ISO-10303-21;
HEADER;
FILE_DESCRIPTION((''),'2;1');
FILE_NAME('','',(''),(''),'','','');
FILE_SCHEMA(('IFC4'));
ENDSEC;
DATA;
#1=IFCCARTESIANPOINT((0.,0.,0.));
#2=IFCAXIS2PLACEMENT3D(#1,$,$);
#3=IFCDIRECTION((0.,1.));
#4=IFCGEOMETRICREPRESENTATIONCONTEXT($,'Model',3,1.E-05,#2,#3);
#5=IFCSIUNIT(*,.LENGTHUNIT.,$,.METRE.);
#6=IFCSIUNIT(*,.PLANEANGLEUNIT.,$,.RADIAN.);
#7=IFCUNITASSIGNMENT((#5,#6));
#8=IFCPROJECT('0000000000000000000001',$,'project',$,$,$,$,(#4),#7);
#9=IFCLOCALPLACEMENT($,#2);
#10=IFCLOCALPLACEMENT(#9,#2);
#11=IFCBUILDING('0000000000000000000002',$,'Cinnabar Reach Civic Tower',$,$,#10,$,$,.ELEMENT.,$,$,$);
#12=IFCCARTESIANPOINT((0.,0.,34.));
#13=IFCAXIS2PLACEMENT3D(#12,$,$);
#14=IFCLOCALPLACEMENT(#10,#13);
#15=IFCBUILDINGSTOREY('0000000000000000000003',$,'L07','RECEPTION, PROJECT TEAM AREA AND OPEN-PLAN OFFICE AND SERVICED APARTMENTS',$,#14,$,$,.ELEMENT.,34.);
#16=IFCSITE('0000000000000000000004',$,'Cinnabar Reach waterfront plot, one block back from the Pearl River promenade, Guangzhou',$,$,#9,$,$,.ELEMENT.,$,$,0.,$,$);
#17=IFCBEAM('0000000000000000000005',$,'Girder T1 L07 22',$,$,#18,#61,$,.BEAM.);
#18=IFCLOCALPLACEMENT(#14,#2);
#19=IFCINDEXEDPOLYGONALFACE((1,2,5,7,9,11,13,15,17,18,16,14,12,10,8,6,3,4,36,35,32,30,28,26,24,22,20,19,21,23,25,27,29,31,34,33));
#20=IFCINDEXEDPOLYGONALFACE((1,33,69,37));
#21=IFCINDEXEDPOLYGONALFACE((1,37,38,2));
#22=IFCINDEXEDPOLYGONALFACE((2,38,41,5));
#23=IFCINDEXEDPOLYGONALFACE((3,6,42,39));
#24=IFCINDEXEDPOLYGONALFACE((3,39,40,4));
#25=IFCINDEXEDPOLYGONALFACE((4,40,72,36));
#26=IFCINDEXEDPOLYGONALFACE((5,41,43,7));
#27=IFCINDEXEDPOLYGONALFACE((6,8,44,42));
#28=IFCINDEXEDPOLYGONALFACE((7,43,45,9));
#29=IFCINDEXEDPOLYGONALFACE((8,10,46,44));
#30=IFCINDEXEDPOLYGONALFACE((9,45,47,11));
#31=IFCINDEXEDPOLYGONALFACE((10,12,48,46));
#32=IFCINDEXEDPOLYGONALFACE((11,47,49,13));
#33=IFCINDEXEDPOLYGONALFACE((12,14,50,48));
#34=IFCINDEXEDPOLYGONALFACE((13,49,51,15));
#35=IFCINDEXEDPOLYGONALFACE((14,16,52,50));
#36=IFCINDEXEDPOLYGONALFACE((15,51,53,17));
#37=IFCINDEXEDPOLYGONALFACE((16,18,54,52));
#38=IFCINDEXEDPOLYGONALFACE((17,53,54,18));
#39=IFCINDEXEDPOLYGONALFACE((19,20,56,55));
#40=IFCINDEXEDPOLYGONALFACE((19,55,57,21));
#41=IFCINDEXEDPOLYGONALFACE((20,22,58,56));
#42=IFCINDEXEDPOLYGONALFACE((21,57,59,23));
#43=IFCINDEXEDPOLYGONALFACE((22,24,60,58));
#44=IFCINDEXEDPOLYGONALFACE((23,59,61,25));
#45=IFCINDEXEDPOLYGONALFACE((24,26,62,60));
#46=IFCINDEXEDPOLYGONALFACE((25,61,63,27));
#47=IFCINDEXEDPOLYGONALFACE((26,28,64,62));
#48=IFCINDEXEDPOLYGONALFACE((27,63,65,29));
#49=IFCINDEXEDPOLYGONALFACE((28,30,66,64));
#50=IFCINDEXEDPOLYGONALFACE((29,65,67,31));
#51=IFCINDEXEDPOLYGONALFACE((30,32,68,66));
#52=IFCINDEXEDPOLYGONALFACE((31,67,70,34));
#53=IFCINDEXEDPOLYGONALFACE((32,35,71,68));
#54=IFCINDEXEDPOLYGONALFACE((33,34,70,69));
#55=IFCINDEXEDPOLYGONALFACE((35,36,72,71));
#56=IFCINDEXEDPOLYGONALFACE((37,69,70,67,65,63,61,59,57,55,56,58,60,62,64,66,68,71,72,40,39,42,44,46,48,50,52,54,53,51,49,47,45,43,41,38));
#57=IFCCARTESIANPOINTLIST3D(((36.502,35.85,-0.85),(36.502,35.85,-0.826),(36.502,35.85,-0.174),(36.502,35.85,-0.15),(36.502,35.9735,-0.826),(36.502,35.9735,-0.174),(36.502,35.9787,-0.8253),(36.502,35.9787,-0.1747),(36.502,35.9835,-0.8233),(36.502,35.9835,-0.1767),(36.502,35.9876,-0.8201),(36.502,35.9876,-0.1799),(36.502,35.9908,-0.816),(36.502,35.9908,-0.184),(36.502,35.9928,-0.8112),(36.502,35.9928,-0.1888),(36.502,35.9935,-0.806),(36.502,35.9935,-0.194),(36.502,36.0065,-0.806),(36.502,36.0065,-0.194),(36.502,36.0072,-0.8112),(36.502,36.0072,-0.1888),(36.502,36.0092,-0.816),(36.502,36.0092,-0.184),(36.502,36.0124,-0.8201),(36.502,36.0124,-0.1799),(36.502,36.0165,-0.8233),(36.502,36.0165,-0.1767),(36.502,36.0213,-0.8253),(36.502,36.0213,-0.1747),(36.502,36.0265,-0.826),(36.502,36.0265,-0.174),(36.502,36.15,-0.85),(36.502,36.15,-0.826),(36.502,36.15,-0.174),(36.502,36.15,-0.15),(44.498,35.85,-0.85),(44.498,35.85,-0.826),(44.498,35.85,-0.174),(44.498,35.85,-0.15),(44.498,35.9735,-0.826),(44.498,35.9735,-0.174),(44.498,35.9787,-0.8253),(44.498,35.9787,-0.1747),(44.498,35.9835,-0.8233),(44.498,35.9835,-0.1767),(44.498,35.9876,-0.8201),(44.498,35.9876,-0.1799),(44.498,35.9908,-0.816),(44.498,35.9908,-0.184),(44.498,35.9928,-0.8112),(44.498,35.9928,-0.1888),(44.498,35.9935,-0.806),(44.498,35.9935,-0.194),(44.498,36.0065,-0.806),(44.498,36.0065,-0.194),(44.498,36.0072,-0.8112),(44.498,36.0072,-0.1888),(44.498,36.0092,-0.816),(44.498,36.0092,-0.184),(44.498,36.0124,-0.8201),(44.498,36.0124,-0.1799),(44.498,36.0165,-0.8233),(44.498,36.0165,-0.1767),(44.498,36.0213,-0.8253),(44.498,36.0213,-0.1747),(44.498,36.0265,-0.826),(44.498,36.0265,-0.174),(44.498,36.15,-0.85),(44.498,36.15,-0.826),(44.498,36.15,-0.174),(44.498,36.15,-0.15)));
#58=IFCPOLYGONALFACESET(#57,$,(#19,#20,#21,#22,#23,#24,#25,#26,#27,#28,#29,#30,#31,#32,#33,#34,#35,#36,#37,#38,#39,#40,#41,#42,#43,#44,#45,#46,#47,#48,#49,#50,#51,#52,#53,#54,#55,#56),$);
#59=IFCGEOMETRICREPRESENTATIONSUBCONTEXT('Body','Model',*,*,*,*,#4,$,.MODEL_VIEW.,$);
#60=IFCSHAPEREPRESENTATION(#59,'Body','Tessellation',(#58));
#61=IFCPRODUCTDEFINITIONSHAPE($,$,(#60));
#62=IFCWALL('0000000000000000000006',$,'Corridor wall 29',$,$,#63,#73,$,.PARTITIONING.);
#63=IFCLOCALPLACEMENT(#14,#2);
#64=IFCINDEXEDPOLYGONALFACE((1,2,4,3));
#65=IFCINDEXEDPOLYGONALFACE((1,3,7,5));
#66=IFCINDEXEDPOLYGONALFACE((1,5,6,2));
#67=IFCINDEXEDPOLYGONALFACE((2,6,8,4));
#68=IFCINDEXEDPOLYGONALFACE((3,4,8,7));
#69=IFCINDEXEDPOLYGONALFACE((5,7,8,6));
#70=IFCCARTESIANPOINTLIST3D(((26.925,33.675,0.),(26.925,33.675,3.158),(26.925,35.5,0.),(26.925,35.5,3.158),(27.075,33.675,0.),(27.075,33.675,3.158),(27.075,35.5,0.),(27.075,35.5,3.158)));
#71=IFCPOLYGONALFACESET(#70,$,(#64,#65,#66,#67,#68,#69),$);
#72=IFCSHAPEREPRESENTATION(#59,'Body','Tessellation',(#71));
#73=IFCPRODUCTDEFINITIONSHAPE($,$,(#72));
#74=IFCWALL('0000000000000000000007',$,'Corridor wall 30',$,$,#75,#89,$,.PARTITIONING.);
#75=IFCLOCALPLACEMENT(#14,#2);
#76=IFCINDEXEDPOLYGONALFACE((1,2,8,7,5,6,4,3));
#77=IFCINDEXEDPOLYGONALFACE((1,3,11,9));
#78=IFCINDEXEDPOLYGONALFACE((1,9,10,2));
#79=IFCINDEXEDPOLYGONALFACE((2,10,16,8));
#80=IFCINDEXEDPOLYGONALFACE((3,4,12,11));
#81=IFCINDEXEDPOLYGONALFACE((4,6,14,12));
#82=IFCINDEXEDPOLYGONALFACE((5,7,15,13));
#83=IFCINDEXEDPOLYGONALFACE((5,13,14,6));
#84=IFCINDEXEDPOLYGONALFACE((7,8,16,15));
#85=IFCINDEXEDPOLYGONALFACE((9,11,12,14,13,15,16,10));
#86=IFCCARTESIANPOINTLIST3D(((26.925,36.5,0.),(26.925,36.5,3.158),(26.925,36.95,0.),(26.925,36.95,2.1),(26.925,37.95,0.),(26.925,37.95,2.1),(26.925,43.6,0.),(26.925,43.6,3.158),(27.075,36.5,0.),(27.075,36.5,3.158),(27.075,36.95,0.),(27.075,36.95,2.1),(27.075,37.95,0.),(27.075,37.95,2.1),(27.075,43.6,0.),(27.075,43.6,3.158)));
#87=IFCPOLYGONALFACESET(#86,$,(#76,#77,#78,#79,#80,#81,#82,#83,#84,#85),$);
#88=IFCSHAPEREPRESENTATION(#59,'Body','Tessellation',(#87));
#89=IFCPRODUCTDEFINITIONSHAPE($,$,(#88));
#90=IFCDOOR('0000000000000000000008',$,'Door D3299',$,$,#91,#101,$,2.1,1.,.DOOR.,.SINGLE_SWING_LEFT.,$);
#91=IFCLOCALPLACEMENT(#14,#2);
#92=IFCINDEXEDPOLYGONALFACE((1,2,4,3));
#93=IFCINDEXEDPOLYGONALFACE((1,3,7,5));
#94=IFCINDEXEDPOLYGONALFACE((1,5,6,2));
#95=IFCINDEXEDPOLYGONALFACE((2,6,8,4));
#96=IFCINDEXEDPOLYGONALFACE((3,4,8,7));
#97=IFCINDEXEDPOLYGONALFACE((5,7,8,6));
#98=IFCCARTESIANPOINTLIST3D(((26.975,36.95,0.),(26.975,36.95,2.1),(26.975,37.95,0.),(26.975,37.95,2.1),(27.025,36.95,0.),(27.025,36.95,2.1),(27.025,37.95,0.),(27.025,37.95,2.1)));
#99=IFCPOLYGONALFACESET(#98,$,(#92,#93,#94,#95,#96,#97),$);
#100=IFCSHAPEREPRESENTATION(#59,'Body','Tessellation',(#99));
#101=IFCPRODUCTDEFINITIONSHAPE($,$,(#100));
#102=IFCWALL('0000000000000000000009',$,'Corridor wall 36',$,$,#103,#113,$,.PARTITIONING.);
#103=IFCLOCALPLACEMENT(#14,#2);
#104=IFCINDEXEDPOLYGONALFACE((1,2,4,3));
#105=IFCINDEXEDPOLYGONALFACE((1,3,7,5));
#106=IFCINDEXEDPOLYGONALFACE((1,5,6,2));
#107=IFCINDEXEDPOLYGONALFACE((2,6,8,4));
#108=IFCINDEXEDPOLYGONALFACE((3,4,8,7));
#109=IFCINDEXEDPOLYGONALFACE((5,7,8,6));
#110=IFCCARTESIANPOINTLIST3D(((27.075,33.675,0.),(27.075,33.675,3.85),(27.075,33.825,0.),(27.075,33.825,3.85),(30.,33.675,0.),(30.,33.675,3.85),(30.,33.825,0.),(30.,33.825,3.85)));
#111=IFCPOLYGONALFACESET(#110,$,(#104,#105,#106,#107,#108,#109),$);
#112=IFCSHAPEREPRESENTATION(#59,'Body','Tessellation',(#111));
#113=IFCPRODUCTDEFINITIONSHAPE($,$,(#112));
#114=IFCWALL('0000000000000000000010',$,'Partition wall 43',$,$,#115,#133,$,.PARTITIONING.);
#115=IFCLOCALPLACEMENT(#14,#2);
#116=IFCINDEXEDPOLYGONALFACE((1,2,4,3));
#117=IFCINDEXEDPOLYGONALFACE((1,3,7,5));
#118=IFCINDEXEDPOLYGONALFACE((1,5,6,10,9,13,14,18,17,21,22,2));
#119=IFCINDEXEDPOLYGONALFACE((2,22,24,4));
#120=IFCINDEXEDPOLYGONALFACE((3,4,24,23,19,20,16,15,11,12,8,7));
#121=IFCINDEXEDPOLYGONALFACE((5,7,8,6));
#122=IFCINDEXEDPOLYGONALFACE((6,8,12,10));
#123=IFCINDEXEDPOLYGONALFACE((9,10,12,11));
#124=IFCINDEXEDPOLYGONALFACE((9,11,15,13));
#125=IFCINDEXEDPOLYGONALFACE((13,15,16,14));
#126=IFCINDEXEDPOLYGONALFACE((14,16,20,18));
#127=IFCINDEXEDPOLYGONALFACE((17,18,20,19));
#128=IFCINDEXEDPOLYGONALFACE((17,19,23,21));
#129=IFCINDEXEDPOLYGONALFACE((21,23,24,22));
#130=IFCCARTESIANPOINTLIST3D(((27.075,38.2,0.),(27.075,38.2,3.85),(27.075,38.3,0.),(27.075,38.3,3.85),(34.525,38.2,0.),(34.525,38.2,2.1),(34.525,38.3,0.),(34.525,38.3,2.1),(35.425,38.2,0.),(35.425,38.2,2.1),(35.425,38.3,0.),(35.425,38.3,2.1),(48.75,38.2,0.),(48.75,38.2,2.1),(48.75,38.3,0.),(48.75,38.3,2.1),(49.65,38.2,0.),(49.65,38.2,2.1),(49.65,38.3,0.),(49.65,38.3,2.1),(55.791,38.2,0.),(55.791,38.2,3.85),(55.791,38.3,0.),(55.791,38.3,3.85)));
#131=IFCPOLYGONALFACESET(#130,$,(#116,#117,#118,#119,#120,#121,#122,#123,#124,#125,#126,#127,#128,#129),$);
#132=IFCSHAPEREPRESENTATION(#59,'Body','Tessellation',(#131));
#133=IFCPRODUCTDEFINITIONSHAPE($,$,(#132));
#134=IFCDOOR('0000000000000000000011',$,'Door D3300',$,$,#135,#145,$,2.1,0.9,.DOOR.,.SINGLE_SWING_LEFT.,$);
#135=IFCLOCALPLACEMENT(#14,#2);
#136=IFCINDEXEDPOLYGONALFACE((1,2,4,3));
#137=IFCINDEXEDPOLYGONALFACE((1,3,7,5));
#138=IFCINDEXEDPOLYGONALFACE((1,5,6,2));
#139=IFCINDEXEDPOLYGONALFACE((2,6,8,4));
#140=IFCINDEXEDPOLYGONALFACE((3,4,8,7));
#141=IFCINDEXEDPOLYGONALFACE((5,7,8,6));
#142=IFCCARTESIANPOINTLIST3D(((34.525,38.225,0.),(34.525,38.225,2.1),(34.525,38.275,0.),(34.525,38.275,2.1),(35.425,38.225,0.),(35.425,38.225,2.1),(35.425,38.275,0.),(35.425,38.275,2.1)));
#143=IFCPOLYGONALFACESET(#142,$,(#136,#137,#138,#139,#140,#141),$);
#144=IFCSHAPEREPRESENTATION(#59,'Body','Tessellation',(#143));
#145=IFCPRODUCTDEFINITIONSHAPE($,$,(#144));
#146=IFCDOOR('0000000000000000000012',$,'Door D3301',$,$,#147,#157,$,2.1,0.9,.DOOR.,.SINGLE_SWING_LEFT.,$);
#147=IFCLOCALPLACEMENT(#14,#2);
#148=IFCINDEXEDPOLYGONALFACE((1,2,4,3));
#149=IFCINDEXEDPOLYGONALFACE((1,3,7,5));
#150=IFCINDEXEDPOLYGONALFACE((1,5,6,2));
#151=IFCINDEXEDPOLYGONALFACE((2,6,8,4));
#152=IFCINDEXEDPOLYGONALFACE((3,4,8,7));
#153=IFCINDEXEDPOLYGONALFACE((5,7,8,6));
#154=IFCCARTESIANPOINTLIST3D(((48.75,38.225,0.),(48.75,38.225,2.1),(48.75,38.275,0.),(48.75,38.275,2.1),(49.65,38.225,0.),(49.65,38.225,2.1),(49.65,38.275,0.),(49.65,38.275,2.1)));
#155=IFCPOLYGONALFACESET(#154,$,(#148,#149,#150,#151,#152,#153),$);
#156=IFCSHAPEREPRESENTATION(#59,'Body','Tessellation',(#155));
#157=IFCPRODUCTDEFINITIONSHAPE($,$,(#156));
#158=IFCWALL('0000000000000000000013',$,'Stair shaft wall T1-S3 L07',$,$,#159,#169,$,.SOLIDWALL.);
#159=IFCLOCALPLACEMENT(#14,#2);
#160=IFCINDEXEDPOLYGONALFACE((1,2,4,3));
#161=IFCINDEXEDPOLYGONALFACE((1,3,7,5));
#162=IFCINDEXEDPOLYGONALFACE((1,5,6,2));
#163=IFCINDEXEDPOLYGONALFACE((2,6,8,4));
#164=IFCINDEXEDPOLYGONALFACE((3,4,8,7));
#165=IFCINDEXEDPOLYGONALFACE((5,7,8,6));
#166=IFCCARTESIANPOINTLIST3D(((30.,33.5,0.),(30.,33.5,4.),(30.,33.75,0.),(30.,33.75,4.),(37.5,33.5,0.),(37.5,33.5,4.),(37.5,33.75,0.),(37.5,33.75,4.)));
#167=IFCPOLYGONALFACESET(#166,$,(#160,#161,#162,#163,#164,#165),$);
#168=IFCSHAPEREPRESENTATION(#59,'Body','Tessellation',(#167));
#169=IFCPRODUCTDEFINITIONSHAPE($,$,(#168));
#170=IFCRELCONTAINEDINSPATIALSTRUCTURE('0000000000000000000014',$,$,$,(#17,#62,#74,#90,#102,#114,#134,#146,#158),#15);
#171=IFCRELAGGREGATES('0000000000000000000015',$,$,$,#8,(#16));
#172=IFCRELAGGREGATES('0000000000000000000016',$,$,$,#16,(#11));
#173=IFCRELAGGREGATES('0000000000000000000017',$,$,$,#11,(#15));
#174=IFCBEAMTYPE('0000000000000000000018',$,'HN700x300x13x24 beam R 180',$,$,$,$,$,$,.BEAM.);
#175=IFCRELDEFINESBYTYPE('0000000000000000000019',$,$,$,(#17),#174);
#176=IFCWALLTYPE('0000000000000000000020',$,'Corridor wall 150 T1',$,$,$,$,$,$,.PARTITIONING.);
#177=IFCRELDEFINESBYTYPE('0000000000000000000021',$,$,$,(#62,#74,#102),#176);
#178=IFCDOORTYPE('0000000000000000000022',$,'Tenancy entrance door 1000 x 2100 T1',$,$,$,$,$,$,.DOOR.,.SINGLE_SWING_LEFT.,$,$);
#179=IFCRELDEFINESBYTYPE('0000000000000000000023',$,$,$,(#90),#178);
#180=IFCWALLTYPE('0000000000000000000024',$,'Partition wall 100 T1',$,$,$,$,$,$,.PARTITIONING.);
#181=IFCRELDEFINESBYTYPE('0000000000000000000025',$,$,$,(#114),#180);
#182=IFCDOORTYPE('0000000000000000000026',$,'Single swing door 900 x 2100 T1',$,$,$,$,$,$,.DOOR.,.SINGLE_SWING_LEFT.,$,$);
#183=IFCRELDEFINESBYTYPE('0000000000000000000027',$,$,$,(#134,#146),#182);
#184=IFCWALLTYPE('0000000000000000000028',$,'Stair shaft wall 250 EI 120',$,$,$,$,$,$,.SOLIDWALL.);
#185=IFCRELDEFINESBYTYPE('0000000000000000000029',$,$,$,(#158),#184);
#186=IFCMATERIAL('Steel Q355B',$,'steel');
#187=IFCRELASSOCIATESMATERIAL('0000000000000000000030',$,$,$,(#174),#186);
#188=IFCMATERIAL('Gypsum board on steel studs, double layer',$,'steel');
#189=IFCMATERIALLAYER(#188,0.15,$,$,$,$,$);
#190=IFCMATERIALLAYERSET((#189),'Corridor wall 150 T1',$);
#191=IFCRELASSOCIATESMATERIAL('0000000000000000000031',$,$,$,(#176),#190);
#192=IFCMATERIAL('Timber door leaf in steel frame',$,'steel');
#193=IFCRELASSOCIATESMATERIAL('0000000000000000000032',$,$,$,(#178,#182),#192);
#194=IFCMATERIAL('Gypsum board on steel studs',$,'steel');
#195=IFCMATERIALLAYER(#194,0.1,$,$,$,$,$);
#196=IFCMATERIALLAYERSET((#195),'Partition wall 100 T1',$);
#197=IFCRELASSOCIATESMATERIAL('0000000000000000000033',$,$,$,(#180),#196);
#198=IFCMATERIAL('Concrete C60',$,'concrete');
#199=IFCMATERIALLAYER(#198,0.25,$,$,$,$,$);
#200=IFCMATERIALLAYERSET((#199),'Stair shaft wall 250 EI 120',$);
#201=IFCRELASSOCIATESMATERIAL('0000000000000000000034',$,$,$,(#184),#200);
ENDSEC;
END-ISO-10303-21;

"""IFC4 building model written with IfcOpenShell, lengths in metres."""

from ifc_helpers import new_model, si_unit, direction, frame, frame_2d, origin, origin_2d, place, context, subcontext, project, spatial, rectangle, i_section, extrude, material, layer, layer_set, material_profile, profile_set, type_object, element, fill, save


model = new_model("IFC4")

# Units and contexts
model_context = context("Model", 3, precision=1e-05, world=origin(), true_north=direction((0.0, 1.0)))
body_context = subcontext(model_context, "Body", "Model", "MODEL_VIEW")
ifc_project = project(units=[si_unit("LENGTHUNIT", "METRE"), si_unit("PLANEANGLEUNIT", "RADIAN")], contexts=[model_context])

# Site, building, storey
site_placement = place(None, origin())
site = spatial("IfcSite", under=ifc_project, at=site_placement, Name="Cinnabar Reach waterfront plot, one block back from the Pearl River promenade, Guangzhou", CompositionType="ELEMENT", RefElevation=0.0)
building_placement = place(site_placement, origin())
building = spatial("IfcBuilding", under=site, at=building_placement, Name="Cinnabar Reach Civic Tower", CompositionType="ELEMENT")
storey_placement = place(building_placement, frame((0.0, 0.0, 34.0)))
storey = spatial("IfcBuildingStorey", under=building, at=storey_placement, Name="L07", Description="RECEPTION, PROJECT TEAM AREA AND OPEN-PLAN OFFICE AND SERVICED APARTMENTS", CompositionType="ELEMENT", Elevation=34.0)

# Beam
ifc_material_1 = material(Name="Steel Q355B", Category="steel")
ifc_material_profile_1 = material_profile(ifc_material_1, i_section(OverallWidth=0.3, OverallDepth=0.7, WebThickness=0.013, FlangeThickness=0.024, FilletRadius=0.02, at=origin_2d()), Name="HN700x300x13x24")
ifc_profile_set_1 = profile_set([ifc_material_profile_1], Name="Steel Q355B")
beam_type_1 = type_object("IfcBeamType", Name="HN700x300x13x24 beam R 180", PredefinedType="BEAM", material=ifc_profile_set_1)
for number, where, z_axis, x_axis, name in (
    (1, (36.502, 36.0, -0.5), (1.0, 0.0, 0.0), (0.0, 1.0, 0.0), "Girder T1 L07 22"),
):
    element("IfcBeam", number, at=place(storey_placement, frame(where, z_axis=z_axis, x_axis=x_axis)), inside=storey, type_object=beam_type_1, Name=name, PredefinedType="BEAM", context=body_context, shape_type="SweptSolid", body=[
        extrude(i_section(OverallWidth=0.3, OverallDepth=0.7, WebThickness=0.013, FlangeThickness=0.024, FilletRadius=0.02, at=origin_2d()), origin(), (0.0, 0.0, 1.0), 7.996),
    ])

# Wall
ifc_material_2 = material(Name="Gypsum board on steel studs, double layer", Category="steel")
ifc_layer_1 = layer(ifc_material_2, 0.15)
ifc_layer_set_1 = layer_set([ifc_layer_1], Name="Corridor wall 150 T1")
wall_type_1 = type_object("IfcWallType", Name="Corridor wall 150 T1", PredefinedType="PARTITIONING", material=ifc_layer_set_1)
wall_1_placement = place(storey_placement, frame((27.0, 33.675, 0.0), z_axis=(0.0, 0.0, 1.0), x_axis=(0.0, 1.0, 0.0)))
element("IfcWall", 2, at=wall_1_placement, inside=storey, type_object=wall_type_1, Name="Corridor wall 29", PredefinedType="PARTITIONING", context=body_context, shape_type="SweptSolid", body=[
    extrude(rectangle(XDim=1.825, YDim=0.15, at=frame_2d((0.9125, 0.0))), origin(), (0.0, 0.0, 1.0), 3.158),
])

# Wall, opening, door
wall_2_placement = place(storey_placement, frame((27.0, 36.5, 0.0), z_axis=(0.0, 0.0, 1.0), x_axis=(0.0, 1.0, 0.0)))
wall_2 = element("IfcWall", 3, at=wall_2_placement, inside=storey, type_object=wall_type_1, Name="Corridor wall 30", PredefinedType="PARTITIONING", context=body_context, shape_type="SweptSolid", body=[
    extrude(rectangle(XDim=7.1, YDim=0.15, at=frame_2d((3.55, 0.0))), origin(), (0.0, 0.0, 1.0), 3.158),
])
opening_1_placement = place(wall_2_placement, frame((0.45, 0.0, 0.0)))
opening_1 = element("IfcOpeningElement", 4, at=opening_1_placement, cuts=wall_2, PredefinedType="OPENING", context=body_context, shape_type="SweptSolid", body=[
    extrude(rectangle(XDim=1.0, YDim=2.1, at=frame_2d((0.5, 1.05))), frame((0.0, 0.085, 0.0), z_axis=(0.0, -1.0, 0.0), x_axis=(1.0, 0.0, 0.0)), (0.0, 0.0, 1.0), 0.17),
])
ifc_material_3 = material(Name="Timber door leaf in steel frame", Category="steel")
door_type_1 = type_object("IfcDoorType", Name="Tenancy entrance door 1000 x 2100 T1", OperationType="SINGLE_SWING_LEFT", PredefinedType="DOOR", material=ifc_material_3)
door_1_placement = place(opening_1_placement, frame((1.0, 0.0, 0.0), z_axis=(0.0, 0.0, 1.0), x_axis=(-1.0, 0.0, 0.0)))
door_1 = element("IfcDoor", 5, at=door_1_placement, inside=storey, type_object=door_type_1, Name="Door D3299", OperationType="SINGLE_SWING_LEFT", OverallHeight=2.1, OverallWidth=1.0, PredefinedType="DOOR", context=body_context, shape_type="SweptSolid", body=[
    extrude(rectangle(XDim=1.0, YDim=2.1, at=frame_2d((0.5, 1.05))), frame((0.0, 0.025, 0.0), z_axis=(0.0, -1.0, 0.0), x_axis=(1.0, 0.0, 0.0)), (0.0, 0.0, 1.0), 0.05),
])
fill(opening_1, door_1)

# Wall
wall_3_placement = place(storey_placement, frame((27.075, 33.75, 0.0), z_axis=(0.0, 0.0, 1.0), x_axis=(1.0, 0.0, 0.0)))
element("IfcWall", 6, at=wall_3_placement, inside=storey, type_object=wall_type_1, Name="Corridor wall 36", PredefinedType="PARTITIONING", context=body_context, shape_type="SweptSolid", body=[
    extrude(rectangle(XDim=2.925, YDim=0.15, at=frame_2d((1.4625, 0.0))), origin(), (0.0, 0.0, 1.0), 3.85),
])

# Wall, openings, doors
ifc_material_4 = material(Name="Gypsum board on steel studs", Category="steel")
ifc_layer_2 = layer(ifc_material_4, 0.1)
ifc_layer_set_2 = layer_set([ifc_layer_2], Name="Partition wall 100 T1")
wall_type_2 = type_object("IfcWallType", Name="Partition wall 100 T1", PredefinedType="PARTITIONING", material=ifc_layer_set_2)
wall_4_placement = place(storey_placement, frame((27.075, 38.25, 0.0), z_axis=(0.0, 0.0, 1.0), x_axis=(1.0, 0.0, 0.0)))
wall_4 = element("IfcWall", 7, at=wall_4_placement, inside=storey, type_object=wall_type_2, Name="Partition wall 43", PredefinedType="PARTITIONING", context=body_context, shape_type="SweptSolid", body=[
    extrude(rectangle(XDim=28.7159, YDim=0.1, at=frame_2d((14.358, 0.0))), origin(), (0.0, 0.0, 1.0), 3.85),
])
opening_2_placement = place(wall_4_placement, frame((7.45, 0.0, 0.0)))
opening_2 = element("IfcOpeningElement", 8, at=opening_2_placement, cuts=wall_4, PredefinedType="OPENING", context=body_context, shape_type="SweptSolid", body=[
    extrude(rectangle(XDim=0.9, YDim=2.1, at=frame_2d((0.45, 1.05))), frame((0.0, 0.06, 0.0), z_axis=(0.0, -1.0, 0.0), x_axis=(1.0, 0.0, 0.0)), (0.0, 0.0, 1.0), 0.12),
])
opening_3_placement = place(wall_4_placement, frame((21.675, 0.0, 0.0)))
opening_3 = element("IfcOpeningElement", 9, at=opening_3_placement, cuts=wall_4, PredefinedType="OPENING", context=body_context, shape_type="SweptSolid", body=[
    extrude(rectangle(XDim=0.9, YDim=2.1, at=frame_2d((0.45, 1.05))), frame((0.0, 0.06, 0.0), z_axis=(0.0, -1.0, 0.0), x_axis=(1.0, 0.0, 0.0)), (0.0, 0.0, 1.0), 0.12),
])
door_type_2 = type_object("IfcDoorType", Name="Single swing door 900 x 2100 T1", OperationType="SINGLE_SWING_LEFT", PredefinedType="DOOR", material=ifc_material_3)
door_2_placement = place(opening_2_placement, origin())
door_2 = element("IfcDoor", 10, at=door_2_placement, inside=storey, type_object=door_type_2, Name="Door D3300", OperationType="SINGLE_SWING_LEFT", OverallHeight=2.1, OverallWidth=0.9, PredefinedType="DOOR", context=body_context, shape_type="SweptSolid", body=[
    extrude(rectangle(XDim=0.9, YDim=2.1, at=frame_2d((0.45, 1.05))), frame((0.0, 0.025, 0.0), z_axis=(0.0, -1.0, 0.0), x_axis=(1.0, 0.0, 0.0)), (0.0, 0.0, 1.0), 0.05),
])
fill(opening_2, door_2)
door_3_placement = place(opening_3_placement, origin())
door_3 = element("IfcDoor", 11, at=door_3_placement, inside=storey, type_object=door_type_2, Name="Door D3301", OperationType="SINGLE_SWING_LEFT", OverallHeight=2.1, OverallWidth=0.9, PredefinedType="DOOR", context=body_context, shape_type="SweptSolid", body=[
    extrude(rectangle(XDim=0.9, YDim=2.1, at=frame_2d((0.45, 1.05))), frame((0.0, 0.025, 0.0), z_axis=(0.0, -1.0, 0.0), x_axis=(1.0, 0.0, 0.0)), (0.0, 0.0, 1.0), 0.05),
])
fill(opening_3, door_3)

# Wall
ifc_material_5 = material(Name="Concrete C60", Category="concrete")
ifc_layer_3 = layer(ifc_material_5, 0.25)
ifc_layer_set_3 = layer_set([ifc_layer_3], Name="Stair shaft wall 250 EI 120")
wall_type_3 = type_object("IfcWallType", Name="Stair shaft wall 250 EI 120", PredefinedType="SOLIDWALL", material=ifc_layer_set_3)
wall_5_placement = place(storey_placement, frame((37.5, 33.625, 0.0), z_axis=(0.0, 0.0, 1.0), x_axis=(-1.0, 0.0, 0.0)))
element("IfcWall", 12, at=wall_5_placement, inside=storey, type_object=wall_type_3, Name="Stair shaft wall T1-S3 L07", PredefinedType="SOLIDWALL", context=body_context, shape_type="SweptSolid", body=[
    extrude(rectangle(XDim=7.5, YDim=0.25, at=frame_2d((3.75, 0.0))), origin(), (0.0, 0.0, 1.0), 4.0),
])

save(model, "model.ifc")
